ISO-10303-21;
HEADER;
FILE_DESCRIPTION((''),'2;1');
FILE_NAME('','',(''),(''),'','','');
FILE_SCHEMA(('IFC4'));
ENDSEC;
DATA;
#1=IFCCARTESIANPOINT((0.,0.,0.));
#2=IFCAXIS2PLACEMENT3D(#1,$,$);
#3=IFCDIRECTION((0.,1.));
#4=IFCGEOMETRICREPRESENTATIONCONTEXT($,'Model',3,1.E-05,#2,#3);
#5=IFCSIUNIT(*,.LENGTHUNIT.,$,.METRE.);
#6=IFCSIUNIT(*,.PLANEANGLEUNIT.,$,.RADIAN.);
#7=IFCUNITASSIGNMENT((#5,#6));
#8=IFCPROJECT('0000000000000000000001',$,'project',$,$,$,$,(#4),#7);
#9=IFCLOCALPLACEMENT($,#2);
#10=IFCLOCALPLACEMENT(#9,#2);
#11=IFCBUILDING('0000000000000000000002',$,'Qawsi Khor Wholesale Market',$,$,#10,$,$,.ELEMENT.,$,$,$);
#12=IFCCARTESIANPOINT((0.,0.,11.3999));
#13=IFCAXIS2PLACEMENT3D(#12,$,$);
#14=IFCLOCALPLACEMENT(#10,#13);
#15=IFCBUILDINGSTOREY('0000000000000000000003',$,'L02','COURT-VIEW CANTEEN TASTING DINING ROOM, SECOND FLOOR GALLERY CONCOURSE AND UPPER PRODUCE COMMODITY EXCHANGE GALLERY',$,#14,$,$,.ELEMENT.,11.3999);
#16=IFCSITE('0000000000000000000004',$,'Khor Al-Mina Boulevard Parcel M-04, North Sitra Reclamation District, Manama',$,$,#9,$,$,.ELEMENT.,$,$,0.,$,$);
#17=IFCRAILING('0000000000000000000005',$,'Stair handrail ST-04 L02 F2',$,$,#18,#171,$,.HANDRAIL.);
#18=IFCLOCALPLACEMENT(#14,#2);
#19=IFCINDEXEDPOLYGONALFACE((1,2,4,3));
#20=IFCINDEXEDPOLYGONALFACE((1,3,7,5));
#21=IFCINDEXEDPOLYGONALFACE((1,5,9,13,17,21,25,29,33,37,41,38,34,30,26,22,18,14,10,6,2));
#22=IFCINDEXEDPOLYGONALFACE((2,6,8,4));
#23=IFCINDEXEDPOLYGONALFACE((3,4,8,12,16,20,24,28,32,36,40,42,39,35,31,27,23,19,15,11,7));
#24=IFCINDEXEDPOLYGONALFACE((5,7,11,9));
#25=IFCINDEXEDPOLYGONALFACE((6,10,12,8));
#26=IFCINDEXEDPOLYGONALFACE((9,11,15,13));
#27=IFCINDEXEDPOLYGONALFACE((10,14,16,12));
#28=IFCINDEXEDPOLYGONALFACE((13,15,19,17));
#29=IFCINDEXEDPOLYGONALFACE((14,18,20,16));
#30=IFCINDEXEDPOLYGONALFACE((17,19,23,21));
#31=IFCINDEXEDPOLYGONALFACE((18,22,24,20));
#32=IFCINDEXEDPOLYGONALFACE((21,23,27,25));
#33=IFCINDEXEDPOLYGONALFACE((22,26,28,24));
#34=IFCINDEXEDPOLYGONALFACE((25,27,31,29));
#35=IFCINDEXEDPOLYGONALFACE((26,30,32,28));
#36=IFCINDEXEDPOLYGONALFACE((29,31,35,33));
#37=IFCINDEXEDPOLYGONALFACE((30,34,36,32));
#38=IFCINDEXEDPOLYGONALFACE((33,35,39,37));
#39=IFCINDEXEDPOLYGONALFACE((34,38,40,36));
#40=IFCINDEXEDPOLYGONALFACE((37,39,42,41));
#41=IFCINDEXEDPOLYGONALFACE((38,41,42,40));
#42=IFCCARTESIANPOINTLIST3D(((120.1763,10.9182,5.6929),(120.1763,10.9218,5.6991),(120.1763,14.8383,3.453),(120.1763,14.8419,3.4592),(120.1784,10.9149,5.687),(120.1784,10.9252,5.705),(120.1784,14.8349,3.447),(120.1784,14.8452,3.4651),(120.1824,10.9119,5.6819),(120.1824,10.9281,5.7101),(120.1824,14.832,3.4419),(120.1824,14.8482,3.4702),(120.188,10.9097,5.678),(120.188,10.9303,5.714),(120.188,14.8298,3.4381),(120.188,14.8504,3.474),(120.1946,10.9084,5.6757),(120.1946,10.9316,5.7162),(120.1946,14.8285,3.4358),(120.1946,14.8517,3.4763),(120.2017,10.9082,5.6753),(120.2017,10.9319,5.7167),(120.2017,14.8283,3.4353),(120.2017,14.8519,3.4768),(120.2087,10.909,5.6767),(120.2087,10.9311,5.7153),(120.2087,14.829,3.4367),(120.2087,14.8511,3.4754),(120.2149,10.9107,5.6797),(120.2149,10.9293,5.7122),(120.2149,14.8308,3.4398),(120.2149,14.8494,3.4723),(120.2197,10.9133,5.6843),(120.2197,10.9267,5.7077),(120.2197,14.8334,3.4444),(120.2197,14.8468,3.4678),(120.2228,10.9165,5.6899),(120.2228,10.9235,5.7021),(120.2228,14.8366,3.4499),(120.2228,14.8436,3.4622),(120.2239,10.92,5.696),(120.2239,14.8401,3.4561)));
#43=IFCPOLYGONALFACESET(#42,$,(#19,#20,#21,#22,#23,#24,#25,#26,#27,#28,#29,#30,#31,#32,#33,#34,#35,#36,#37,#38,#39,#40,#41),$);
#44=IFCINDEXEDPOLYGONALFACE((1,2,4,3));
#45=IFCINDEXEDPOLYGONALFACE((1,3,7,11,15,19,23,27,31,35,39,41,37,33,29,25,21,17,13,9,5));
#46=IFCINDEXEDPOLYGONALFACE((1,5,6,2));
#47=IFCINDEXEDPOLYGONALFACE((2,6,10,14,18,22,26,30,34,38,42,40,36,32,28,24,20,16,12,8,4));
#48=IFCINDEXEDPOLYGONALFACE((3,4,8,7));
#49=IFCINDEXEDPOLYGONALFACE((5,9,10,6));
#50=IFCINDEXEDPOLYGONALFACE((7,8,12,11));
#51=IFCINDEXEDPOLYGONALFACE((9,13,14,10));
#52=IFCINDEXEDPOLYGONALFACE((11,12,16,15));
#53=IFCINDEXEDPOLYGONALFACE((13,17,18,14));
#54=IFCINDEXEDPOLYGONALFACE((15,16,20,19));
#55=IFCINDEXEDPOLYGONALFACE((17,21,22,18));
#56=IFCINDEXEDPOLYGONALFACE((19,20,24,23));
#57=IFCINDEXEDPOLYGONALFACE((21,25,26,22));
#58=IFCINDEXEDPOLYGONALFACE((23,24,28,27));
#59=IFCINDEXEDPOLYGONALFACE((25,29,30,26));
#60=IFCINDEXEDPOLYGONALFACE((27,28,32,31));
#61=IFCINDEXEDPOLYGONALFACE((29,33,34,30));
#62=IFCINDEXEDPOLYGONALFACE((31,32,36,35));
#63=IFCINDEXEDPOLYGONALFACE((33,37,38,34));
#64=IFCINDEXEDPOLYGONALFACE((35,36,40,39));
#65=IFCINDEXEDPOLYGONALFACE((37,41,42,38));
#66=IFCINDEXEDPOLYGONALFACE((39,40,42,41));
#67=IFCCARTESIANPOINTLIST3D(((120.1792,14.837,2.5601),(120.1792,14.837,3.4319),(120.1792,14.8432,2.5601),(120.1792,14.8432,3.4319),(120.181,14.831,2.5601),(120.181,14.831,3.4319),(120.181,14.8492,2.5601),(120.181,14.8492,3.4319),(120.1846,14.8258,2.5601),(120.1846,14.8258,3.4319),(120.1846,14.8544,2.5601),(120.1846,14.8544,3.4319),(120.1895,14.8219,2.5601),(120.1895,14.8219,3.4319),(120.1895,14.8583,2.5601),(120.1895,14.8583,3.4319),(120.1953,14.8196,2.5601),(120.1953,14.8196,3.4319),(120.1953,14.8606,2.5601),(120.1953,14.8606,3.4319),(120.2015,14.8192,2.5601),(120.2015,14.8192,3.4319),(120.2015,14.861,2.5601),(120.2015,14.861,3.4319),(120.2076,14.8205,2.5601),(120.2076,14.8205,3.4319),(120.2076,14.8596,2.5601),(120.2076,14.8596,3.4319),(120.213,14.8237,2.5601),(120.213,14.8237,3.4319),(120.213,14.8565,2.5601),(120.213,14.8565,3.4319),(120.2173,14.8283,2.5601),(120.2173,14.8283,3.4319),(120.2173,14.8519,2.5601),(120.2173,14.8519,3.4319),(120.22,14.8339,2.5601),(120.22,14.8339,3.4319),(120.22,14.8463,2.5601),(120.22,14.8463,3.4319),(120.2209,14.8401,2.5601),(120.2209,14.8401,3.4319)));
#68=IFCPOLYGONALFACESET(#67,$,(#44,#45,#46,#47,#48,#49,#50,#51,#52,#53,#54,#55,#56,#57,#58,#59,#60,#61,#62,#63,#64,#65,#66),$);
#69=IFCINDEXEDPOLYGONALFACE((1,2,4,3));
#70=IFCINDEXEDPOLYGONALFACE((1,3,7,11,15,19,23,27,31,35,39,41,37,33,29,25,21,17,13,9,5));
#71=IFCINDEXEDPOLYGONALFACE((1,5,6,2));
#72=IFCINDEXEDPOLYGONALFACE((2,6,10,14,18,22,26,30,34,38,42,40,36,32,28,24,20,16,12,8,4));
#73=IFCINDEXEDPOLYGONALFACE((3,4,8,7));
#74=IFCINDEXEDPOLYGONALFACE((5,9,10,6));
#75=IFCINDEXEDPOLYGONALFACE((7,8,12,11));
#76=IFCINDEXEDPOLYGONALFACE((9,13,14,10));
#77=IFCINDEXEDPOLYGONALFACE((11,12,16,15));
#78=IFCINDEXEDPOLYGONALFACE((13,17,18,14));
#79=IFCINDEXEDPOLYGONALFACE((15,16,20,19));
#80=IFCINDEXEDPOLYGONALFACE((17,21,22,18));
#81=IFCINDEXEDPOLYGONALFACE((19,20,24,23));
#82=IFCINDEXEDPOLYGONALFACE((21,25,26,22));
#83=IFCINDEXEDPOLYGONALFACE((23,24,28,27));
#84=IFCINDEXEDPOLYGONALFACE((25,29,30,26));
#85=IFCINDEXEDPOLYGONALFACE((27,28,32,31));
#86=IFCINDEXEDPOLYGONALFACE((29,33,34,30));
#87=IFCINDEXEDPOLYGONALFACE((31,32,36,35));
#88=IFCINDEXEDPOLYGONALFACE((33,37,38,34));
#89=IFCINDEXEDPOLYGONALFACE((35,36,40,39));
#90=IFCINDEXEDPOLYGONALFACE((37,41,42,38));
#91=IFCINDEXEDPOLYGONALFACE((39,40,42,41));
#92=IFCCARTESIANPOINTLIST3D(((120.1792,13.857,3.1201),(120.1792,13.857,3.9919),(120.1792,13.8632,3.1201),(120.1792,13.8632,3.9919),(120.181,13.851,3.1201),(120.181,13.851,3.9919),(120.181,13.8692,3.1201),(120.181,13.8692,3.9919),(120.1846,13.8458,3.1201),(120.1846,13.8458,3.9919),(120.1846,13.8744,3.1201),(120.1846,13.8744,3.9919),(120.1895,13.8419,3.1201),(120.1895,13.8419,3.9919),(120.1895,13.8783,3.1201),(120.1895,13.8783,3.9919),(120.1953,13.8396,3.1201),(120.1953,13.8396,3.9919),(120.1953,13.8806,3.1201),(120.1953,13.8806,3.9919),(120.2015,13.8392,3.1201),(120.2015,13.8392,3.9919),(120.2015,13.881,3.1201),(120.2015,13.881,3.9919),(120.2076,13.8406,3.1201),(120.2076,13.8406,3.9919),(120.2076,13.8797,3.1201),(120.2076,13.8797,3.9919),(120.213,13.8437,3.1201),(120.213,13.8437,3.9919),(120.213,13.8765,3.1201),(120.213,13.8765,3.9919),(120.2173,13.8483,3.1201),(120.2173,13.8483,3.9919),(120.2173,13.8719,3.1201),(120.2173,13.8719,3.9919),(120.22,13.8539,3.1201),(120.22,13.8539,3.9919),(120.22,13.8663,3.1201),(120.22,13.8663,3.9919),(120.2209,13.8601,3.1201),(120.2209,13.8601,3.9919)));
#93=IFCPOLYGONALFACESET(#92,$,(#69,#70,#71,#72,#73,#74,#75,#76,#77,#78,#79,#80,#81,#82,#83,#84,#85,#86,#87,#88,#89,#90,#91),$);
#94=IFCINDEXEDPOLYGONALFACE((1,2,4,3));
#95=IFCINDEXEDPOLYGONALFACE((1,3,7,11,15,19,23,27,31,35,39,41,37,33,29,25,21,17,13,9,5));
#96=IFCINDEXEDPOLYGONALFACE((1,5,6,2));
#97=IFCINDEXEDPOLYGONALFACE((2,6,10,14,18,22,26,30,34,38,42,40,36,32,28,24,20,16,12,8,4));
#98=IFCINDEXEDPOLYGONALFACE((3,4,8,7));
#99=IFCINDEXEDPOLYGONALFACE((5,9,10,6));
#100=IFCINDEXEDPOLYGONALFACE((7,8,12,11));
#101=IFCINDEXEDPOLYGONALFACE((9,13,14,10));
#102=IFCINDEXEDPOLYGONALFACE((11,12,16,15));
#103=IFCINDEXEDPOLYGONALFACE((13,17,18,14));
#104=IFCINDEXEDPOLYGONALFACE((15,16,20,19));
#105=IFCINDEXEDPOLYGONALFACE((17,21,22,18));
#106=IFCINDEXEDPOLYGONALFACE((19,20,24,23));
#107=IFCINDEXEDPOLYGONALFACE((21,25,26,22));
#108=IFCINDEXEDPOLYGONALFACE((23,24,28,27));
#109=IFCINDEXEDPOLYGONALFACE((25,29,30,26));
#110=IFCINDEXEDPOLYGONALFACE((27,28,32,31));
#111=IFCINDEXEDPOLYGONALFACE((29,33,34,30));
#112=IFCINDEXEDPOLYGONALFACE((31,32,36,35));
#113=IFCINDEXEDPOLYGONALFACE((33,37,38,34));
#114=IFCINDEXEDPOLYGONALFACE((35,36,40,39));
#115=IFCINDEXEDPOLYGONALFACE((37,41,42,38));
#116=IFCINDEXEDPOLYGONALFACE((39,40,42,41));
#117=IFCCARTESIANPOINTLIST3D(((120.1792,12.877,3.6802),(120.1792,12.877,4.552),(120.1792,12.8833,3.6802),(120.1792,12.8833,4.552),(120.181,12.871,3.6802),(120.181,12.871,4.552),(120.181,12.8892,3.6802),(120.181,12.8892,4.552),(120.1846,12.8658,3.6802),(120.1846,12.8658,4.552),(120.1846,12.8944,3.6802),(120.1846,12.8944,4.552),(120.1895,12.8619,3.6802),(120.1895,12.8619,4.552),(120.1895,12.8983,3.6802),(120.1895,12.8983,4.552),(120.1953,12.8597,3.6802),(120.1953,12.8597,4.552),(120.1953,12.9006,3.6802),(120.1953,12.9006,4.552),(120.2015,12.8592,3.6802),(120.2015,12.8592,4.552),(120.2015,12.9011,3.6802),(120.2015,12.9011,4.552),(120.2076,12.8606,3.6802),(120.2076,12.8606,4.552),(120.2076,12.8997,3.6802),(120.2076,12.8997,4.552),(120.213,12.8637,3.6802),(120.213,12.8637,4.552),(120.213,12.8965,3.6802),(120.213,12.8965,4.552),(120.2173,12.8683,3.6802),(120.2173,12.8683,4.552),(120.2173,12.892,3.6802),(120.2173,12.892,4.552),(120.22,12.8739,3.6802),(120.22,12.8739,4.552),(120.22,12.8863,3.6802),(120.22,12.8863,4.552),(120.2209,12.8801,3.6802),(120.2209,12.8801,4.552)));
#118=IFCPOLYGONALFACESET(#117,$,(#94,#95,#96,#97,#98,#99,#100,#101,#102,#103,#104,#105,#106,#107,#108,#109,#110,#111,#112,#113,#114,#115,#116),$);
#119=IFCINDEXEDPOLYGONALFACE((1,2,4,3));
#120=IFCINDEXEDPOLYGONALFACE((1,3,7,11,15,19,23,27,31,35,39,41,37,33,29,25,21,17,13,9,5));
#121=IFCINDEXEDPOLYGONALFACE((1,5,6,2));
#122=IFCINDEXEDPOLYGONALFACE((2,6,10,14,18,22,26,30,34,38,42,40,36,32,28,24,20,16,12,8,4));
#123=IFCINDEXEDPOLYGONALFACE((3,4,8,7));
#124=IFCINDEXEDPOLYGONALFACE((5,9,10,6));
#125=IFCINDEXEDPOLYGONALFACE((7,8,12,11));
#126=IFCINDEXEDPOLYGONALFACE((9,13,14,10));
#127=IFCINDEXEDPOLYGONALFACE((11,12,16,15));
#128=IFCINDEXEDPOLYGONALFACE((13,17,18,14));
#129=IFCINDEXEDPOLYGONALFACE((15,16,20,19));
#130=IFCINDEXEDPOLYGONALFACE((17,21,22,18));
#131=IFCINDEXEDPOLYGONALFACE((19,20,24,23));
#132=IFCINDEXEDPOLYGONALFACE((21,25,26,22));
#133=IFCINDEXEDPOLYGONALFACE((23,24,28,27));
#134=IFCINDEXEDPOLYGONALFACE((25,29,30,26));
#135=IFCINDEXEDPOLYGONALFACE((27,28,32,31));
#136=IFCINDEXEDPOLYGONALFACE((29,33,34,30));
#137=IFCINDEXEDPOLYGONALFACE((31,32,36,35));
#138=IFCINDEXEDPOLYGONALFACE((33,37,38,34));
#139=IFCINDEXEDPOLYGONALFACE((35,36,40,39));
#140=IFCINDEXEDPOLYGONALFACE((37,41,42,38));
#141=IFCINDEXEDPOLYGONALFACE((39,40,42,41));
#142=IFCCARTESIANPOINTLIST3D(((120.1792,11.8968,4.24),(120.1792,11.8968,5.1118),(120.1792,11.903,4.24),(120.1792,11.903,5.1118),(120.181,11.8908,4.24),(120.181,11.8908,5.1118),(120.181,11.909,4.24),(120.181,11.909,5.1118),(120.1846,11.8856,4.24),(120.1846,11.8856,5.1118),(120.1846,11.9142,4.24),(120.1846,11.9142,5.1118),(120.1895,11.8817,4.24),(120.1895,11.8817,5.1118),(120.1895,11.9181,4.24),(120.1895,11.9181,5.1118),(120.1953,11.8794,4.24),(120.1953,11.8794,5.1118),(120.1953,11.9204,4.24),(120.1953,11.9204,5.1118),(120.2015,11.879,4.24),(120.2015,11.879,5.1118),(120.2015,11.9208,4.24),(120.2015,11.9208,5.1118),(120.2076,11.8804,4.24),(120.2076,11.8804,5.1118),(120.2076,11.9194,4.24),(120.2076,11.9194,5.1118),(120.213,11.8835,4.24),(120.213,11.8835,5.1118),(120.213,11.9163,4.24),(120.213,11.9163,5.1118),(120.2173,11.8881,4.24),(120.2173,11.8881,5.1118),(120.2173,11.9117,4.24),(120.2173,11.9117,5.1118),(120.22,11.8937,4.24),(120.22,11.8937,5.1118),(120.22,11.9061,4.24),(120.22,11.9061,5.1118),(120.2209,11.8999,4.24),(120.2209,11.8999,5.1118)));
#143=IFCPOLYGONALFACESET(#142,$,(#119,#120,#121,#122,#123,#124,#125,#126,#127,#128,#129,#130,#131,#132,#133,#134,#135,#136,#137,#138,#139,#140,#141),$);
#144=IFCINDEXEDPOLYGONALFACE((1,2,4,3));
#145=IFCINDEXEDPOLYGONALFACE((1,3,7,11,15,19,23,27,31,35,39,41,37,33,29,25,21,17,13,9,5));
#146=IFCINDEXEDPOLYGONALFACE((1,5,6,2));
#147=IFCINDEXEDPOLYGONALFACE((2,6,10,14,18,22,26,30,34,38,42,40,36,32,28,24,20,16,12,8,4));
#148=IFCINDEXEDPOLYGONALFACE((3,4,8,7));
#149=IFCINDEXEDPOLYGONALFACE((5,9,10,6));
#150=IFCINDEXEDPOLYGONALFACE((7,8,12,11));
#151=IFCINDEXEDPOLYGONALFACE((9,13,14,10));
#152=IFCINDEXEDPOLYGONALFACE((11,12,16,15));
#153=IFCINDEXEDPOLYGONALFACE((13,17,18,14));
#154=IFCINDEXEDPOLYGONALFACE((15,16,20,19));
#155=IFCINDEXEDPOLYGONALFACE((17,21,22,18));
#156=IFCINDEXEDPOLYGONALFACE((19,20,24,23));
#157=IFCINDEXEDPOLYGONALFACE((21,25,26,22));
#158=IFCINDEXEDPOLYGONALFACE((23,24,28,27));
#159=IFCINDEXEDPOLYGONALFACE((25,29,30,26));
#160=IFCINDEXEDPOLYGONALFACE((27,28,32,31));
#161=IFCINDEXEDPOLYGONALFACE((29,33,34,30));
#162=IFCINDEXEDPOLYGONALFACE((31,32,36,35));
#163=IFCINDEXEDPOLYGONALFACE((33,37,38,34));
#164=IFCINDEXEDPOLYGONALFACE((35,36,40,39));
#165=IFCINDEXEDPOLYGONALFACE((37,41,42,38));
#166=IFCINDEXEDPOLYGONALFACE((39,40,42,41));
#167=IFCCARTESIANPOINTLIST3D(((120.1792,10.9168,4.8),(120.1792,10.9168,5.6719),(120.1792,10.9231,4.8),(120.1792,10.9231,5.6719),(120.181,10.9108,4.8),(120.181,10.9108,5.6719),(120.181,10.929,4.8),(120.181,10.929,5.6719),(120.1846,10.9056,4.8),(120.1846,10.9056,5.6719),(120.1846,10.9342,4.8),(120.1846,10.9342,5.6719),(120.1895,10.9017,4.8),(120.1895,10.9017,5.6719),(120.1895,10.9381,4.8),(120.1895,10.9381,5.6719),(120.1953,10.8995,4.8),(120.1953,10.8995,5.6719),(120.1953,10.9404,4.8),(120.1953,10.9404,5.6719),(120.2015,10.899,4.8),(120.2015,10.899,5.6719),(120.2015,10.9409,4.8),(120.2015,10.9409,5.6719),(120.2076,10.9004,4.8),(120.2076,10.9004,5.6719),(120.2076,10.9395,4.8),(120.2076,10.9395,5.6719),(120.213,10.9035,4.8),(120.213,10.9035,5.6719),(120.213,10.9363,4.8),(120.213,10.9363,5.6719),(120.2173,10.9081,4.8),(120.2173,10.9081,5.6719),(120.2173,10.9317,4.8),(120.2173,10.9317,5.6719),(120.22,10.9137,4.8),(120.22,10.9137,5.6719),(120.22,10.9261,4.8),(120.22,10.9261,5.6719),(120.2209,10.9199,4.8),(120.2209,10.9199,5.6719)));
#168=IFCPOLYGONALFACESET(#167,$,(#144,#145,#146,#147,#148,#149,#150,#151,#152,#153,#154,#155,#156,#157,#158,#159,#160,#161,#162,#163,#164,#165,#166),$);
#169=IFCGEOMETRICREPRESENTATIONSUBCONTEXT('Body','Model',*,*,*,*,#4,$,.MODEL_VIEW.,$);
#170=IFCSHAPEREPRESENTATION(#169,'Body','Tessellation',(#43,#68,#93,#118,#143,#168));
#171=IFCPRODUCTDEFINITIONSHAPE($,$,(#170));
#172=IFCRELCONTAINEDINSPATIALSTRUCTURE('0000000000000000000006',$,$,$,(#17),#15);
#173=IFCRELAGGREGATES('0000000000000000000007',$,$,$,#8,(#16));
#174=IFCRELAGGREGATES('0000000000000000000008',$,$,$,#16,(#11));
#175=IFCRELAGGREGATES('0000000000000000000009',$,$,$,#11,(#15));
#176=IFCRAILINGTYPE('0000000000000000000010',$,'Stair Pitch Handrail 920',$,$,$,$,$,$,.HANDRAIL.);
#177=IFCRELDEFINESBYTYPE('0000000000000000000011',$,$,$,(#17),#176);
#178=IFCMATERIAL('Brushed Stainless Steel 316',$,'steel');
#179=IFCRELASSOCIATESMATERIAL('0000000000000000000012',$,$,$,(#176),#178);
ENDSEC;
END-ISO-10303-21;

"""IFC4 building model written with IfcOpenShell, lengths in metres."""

from ifc_helpers import new_model, si_unit, direction, frame, origin, origin_2d, place, context, subcontext, project, spatial, circle, extrude, material, type_object, element, save


model = new_model("IFC4")

# Units and contexts
model_context = context("Model", 3, precision=1e-05, world=origin(), true_north=direction((0.0, 1.0)))
body_context = subcontext(model_context, "Body", "Model", "MODEL_VIEW")
ifc_project = project(units=[si_unit("LENGTHUNIT", "METRE"), si_unit("PLANEANGLEUNIT", "RADIAN")], contexts=[model_context])

# Site, building, storey
site_placement = place(None, origin())
site = spatial("IfcSite", under=ifc_project, at=site_placement, Name="Khor Al-Mina Boulevard Parcel M-04, North Sitra Reclamation District, Manama", CompositionType="ELEMENT", RefElevation=0.0)
building_placement = place(site_placement, origin())
building = spatial("IfcBuilding", under=site, at=building_placement, Name="Qawsi Khor Wholesale Market", CompositionType="ELEMENT")
storey_placement = place(building_placement, frame((0.0, 0.0, 11.3999)))
storey = spatial("IfcBuildingStorey", under=building, at=storey_placement, Name="L02", Description="COURT-VIEW CANTEEN TASTING DINING ROOM, SECOND FLOOR GALLERY CONCOURSE AND UPPER PRODUCE COMMODITY EXCHANGE GALLERY", CompositionType="ELEMENT", Elevation=11.3999)

# Railing
ifc_material_1 = material(Name="Brushed Stainless Steel 316", Category="steel")
railing_type = type_object("IfcRailingType", Name="Stair Pitch Handrail 920", PredefinedType="HANDRAIL", material=ifc_material_1)
railing_1_placement = place(storey_placement, frame((120.2, 14.8401, 2.5601)))
element("IfcRailing", 1, at=railing_1_placement, inside=storey, type_object=railing_type, Name="Stair handrail ST-04 L02 F2", PredefinedType="HANDRAIL", context=body_context, shape_type="SweptSolid", body=[
    extrude(circle(Radius=0.0239, at=origin_2d()), frame((0.0, 0.0, 0.896), z_axis=(0.0, -0.868253, 0.496121), x_axis=(1.0, 0.0, 0.0)), (0.0, 0.0, 1.0), 4.5149),
    extrude(circle(Radius=0.021, at=origin_2d()), origin(), (0.0, 0.0, 1.0), 0.8718),
    extrude(circle(Radius=0.021, at=origin_2d()), frame((0.0, -0.98, 0.5601)), (0.0, 0.0, 1.0), 0.8718),
    extrude(circle(Radius=0.021, at=origin_2d()), frame((0.0, -1.96, 1.1201)), (0.0, 0.0, 1.0), 0.8718),
    extrude(circle(Radius=0.021, at=origin_2d()), frame((0.0, -2.9402, 1.6799)), (0.0, 0.0, 1.0), 0.8718),
    extrude(circle(Radius=0.021, at=origin_2d()), frame((0.0, -3.9202, 2.24)), (0.0, 0.0, 1.0), 0.8718),
])

save(model, "model.ifc")
